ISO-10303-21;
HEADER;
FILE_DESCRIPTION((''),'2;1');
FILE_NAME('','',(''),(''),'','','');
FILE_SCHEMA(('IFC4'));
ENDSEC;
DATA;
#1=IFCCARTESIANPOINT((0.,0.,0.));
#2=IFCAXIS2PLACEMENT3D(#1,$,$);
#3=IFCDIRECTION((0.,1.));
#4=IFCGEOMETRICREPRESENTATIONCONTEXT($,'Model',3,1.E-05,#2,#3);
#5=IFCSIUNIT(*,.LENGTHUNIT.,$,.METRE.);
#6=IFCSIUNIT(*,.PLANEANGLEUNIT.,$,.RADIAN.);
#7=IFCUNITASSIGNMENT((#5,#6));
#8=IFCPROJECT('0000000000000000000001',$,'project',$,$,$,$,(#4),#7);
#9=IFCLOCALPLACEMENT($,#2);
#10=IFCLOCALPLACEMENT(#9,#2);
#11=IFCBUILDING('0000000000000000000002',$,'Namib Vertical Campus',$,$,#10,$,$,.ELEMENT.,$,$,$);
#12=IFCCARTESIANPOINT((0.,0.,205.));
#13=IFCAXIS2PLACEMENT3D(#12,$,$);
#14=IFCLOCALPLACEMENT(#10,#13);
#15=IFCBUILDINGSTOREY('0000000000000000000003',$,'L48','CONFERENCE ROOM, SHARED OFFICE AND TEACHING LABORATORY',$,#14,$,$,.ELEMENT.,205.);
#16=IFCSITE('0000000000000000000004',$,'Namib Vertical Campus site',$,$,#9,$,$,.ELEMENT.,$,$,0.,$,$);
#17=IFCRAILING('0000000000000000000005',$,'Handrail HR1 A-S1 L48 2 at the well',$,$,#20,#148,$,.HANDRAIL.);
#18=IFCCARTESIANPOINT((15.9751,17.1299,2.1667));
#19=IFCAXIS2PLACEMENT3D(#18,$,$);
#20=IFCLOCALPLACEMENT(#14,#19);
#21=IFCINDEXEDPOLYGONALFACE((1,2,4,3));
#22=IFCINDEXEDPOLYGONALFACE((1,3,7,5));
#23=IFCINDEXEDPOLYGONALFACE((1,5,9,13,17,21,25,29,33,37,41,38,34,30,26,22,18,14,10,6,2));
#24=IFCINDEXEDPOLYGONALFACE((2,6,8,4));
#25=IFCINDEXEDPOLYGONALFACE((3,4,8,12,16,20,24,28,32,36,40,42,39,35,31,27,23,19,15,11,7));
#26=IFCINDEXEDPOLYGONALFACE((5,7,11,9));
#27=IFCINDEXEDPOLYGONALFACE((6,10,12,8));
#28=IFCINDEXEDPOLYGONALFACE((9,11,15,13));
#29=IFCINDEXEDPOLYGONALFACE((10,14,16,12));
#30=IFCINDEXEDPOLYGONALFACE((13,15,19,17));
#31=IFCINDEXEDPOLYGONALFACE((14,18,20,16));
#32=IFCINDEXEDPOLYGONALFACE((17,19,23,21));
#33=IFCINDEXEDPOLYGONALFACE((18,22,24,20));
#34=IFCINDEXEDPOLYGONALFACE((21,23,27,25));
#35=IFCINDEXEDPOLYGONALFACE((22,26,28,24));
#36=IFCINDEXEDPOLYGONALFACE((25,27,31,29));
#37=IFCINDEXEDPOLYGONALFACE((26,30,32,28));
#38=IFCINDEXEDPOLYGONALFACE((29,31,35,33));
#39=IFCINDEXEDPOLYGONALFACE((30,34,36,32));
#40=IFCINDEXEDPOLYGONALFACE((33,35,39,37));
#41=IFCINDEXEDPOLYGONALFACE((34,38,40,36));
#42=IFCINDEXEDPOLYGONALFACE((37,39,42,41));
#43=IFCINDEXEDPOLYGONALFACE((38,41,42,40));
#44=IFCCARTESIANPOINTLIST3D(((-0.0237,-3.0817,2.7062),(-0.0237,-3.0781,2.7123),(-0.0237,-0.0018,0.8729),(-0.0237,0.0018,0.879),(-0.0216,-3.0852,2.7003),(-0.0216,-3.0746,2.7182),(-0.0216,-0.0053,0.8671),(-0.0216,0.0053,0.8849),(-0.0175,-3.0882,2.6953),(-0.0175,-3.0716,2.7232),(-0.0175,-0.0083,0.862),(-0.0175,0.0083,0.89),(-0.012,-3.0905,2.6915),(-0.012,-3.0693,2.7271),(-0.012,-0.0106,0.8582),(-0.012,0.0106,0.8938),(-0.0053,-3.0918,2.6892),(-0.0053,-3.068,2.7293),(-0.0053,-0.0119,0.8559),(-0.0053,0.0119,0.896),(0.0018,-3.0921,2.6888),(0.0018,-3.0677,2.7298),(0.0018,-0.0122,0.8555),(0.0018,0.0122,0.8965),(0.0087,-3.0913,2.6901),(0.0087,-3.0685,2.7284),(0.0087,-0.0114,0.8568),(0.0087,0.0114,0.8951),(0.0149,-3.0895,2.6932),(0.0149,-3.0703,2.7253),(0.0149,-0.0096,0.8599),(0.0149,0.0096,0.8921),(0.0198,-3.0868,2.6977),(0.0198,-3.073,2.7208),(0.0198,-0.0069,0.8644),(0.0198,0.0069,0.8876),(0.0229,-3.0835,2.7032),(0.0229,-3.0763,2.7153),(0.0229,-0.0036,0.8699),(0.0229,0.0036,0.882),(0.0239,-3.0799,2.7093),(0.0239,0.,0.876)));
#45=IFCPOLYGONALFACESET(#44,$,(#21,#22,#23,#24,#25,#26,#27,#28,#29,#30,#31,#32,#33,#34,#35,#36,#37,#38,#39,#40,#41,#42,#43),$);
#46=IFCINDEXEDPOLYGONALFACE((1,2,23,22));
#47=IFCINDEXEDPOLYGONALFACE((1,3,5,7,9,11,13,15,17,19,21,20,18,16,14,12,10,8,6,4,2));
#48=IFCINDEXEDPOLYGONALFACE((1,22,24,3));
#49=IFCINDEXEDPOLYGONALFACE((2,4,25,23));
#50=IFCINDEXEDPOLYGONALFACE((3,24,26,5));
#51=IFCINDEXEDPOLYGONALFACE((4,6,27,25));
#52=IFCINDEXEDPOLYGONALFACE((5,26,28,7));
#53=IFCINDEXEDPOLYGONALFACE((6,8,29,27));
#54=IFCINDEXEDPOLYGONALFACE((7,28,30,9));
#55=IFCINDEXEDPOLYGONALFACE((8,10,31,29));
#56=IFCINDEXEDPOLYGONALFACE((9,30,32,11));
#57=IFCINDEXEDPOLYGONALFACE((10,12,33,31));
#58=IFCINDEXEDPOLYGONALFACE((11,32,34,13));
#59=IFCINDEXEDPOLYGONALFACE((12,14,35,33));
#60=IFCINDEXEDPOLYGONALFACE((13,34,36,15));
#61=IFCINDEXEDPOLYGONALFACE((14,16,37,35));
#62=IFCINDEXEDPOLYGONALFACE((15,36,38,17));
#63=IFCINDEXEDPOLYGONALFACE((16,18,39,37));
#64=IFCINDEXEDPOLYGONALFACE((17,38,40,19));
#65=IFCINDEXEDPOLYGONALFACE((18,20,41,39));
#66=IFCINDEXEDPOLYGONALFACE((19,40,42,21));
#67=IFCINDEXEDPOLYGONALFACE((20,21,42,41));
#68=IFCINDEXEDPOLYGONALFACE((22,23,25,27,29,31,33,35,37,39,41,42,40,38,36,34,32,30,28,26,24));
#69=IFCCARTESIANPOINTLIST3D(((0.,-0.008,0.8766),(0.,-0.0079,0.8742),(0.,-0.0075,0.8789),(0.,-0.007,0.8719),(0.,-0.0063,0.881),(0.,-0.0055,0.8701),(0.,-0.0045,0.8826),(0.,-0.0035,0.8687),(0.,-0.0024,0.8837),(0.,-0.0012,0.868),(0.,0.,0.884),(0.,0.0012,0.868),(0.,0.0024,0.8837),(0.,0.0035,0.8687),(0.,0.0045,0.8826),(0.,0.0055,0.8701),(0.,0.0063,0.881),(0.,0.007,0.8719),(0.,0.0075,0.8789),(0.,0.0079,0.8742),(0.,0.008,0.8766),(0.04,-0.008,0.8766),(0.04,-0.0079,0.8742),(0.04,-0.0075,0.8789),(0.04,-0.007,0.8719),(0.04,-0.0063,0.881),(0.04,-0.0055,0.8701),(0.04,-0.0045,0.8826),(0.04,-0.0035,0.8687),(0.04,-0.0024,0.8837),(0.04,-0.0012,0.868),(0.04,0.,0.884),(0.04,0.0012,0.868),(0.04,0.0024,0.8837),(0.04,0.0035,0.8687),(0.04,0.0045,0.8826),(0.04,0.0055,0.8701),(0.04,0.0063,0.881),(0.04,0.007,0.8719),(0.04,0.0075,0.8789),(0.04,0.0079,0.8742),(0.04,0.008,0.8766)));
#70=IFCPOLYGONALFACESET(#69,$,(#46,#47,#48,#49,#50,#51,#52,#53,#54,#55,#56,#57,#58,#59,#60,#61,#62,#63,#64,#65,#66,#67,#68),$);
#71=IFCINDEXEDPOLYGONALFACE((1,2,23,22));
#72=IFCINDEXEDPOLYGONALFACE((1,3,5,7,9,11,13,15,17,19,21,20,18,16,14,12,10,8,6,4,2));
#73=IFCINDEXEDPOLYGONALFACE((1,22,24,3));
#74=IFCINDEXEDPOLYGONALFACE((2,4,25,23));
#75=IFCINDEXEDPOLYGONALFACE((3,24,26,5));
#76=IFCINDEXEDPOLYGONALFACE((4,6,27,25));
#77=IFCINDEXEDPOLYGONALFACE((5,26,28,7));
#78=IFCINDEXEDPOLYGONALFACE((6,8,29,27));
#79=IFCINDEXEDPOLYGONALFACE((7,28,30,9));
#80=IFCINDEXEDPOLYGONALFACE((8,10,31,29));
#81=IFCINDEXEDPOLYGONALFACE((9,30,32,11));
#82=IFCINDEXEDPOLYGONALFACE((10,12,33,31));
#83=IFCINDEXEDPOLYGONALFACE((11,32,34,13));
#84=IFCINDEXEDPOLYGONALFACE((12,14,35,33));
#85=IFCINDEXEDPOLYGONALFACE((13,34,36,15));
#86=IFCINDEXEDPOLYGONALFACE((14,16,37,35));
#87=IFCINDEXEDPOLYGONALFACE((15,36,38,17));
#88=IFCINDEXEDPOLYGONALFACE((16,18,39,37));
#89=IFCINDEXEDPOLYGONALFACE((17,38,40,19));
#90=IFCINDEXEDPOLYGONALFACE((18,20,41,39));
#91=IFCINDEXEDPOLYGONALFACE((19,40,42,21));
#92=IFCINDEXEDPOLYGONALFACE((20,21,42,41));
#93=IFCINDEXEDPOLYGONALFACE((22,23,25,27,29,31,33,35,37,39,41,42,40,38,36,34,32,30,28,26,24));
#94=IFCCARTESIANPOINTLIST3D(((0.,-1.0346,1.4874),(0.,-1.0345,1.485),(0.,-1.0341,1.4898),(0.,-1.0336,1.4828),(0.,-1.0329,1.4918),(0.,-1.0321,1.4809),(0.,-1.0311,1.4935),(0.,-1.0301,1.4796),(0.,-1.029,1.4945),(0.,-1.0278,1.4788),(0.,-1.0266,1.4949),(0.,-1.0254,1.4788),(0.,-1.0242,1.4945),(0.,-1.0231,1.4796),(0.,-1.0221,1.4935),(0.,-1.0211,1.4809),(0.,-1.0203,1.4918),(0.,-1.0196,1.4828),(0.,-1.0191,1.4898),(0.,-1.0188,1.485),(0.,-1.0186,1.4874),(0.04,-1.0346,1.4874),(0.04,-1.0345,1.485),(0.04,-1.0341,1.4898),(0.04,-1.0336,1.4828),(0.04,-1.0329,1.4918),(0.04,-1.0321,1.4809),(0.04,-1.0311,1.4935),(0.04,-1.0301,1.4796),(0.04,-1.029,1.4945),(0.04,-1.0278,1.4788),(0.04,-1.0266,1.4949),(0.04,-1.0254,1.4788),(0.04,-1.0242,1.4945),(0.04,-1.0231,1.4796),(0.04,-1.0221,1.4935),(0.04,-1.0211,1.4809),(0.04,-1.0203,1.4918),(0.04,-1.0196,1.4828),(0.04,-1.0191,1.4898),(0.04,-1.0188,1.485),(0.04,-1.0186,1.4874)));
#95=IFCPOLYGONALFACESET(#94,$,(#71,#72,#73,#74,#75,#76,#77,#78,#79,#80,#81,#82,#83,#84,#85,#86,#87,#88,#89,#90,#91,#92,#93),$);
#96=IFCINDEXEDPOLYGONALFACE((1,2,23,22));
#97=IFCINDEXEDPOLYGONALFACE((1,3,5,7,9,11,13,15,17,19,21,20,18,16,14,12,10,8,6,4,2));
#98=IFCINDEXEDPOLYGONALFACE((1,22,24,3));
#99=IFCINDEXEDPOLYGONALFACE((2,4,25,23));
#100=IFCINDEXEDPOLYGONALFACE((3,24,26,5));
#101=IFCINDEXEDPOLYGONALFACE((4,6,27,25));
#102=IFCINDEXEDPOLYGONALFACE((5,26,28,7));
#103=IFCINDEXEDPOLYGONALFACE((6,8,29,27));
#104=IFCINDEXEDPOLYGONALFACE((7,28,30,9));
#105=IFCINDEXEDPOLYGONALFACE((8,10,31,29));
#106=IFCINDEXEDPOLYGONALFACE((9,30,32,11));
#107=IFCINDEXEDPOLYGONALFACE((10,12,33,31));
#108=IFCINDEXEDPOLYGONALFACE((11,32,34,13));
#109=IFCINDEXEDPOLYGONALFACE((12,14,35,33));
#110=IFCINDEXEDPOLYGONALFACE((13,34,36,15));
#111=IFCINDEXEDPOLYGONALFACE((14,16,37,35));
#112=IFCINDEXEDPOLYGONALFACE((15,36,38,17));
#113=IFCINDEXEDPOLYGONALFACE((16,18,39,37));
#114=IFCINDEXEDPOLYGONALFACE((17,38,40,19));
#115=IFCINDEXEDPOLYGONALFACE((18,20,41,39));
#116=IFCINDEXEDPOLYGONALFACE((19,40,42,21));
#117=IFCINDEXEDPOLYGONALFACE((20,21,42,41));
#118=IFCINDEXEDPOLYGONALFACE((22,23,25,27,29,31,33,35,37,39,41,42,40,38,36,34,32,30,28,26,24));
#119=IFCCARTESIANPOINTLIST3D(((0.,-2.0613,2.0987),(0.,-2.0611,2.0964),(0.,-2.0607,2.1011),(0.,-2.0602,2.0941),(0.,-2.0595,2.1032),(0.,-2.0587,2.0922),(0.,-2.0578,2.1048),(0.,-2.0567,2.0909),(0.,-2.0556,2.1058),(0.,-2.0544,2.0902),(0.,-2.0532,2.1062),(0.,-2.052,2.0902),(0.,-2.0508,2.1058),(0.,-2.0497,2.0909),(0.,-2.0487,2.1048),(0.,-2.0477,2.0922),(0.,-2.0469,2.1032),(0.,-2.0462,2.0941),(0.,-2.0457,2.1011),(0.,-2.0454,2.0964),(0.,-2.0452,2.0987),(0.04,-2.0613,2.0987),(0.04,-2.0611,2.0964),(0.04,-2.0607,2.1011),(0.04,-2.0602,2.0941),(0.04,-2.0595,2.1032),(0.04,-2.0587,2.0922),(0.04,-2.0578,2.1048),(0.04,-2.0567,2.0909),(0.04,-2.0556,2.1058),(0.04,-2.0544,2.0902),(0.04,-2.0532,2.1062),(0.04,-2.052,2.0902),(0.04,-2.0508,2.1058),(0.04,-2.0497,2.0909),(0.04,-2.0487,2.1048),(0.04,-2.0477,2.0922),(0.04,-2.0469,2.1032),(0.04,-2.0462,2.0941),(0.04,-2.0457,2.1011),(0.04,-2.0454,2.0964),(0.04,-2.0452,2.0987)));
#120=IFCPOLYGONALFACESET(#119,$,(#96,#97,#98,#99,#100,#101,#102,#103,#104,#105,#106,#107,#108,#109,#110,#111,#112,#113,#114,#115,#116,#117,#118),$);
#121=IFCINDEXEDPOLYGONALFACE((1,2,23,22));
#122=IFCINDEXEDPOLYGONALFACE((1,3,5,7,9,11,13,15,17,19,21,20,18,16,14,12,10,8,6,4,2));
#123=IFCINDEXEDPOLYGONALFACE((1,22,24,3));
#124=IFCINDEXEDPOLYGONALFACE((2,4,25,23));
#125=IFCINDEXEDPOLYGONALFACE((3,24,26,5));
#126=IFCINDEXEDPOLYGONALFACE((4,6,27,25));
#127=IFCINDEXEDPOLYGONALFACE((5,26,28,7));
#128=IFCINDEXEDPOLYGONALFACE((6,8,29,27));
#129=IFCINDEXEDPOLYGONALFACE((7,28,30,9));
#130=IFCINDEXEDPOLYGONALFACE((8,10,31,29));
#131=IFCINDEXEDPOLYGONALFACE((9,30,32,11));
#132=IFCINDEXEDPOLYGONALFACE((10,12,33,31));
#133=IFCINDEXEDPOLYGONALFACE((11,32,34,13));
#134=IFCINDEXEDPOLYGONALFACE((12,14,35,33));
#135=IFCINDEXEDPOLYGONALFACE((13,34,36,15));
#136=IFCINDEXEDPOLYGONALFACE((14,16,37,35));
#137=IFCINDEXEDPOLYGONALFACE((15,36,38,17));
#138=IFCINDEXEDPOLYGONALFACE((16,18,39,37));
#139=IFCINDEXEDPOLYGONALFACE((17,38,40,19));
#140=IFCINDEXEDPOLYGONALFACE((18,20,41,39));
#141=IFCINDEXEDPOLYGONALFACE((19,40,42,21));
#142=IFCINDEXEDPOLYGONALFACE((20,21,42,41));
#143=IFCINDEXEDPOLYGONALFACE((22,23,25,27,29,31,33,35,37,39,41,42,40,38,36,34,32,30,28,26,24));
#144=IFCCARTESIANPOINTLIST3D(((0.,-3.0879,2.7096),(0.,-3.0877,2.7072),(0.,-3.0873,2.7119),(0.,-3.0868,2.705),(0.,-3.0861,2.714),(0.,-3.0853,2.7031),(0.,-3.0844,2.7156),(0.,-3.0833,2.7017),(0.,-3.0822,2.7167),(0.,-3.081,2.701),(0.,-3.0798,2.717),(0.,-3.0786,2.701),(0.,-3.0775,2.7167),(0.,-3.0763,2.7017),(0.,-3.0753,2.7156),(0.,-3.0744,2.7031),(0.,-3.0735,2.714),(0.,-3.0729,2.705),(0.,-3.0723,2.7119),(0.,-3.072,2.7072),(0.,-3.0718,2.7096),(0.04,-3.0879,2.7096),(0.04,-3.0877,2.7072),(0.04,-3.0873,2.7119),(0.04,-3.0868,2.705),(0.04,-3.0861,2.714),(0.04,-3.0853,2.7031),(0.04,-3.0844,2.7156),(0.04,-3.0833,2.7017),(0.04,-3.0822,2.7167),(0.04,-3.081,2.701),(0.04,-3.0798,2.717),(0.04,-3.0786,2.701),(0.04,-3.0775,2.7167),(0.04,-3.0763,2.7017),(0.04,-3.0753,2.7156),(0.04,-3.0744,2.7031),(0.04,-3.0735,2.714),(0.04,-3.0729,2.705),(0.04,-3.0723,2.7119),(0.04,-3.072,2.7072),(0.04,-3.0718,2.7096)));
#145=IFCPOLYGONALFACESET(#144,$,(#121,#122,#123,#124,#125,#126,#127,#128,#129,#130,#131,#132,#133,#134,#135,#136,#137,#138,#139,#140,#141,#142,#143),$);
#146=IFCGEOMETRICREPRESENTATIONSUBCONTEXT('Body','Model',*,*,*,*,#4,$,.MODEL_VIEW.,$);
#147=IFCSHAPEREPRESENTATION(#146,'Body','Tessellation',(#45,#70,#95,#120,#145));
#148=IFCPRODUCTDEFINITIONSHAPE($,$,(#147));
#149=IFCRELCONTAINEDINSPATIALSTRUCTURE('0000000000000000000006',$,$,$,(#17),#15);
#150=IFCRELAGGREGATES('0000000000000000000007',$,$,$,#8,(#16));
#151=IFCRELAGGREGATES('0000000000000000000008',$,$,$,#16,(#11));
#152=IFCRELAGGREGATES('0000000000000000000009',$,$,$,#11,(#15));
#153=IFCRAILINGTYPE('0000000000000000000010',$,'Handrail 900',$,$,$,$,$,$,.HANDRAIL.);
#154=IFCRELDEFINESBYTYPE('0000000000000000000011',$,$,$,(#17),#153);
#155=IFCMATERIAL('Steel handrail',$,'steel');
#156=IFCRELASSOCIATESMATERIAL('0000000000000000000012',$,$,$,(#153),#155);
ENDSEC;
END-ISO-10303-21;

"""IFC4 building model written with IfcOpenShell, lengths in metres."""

from ifc_helpers import new_model, si_unit, direction, frame, origin, origin_2d, place, context, subcontext, project, spatial, circle, extrude, material, type_object, element, save


model = new_model("IFC4")

# Units and contexts
model_context = context("Model", 3, precision=1e-05, world=origin(), true_north=direction((0.0, 1.0)))
body_context = subcontext(model_context, "Body", "Model", "MODEL_VIEW")
ifc_project = project(units=[si_unit("LENGTHUNIT", "METRE"), si_unit("PLANEANGLEUNIT", "RADIAN")], contexts=[model_context])

# Site, building, storey
site_placement = place(None, origin())
site = spatial("IfcSite", under=ifc_project, at=site_placement, Name="Namib Vertical Campus site", CompositionType="ELEMENT", RefElevation=0.0)
building_placement = place(site_placement, origin())
building = spatial("IfcBuilding", under=site, at=building_placement, Name="Namib Vertical Campus", CompositionType="ELEMENT")
storey_placement = place(building_placement, frame((0.0, 0.0, 205.0)))
storey = spatial("IfcBuildingStorey", under=building, at=storey_placement, Name="L48", Description="CONFERENCE ROOM, SHARED OFFICE AND TEACHING LABORATORY", CompositionType="ELEMENT", Elevation=205.0)

# Railing
ifc_material_1 = material(Name="Steel handrail", Category="steel")
railing_type_1 = type_object("IfcRailingType", Name="Handrail 900", PredefinedType="HANDRAIL", material=ifc_material_1)
railing_1_placement = place(storey_placement, frame((15.9751, 17.1299, 2.1667)))
element("IfcRailing", 1, at=railing_1_placement, inside=storey, type_object=railing_type_1, Name="Handrail HR1 A-S1 L48 2 at the well", PredefinedType="HANDRAIL", context=body_context, shape_type="SweptSolid", body=[
    extrude(circle(Radius=0.0239, at=origin_2d()), frame((0.0, 0.0, 0.876), z_axis=(0.0, -0.859291, 0.511487), x_axis=(1.0, 0.0, 0.0)), (0.0, 0.0, 1.0), 3.5842),
    extrude(circle(Radius=0.0081, at=origin_2d()), frame((0.0, 0.0, 0.876), z_axis=(1.0, 0.0, 0.0), x_axis=(0.0, 0.0, 1.0)), (0.0, 0.0, 1.0), 0.04),
    extrude(circle(Radius=0.0081, at=origin_2d()), frame((0.0, -1.0266, 1.4868), z_axis=(1.0, 0.0, 0.0), x_axis=(0.0, 0.0, 1.0)), (0.0, 0.0, 1.0), 0.04),
    extrude(circle(Radius=0.0081, at=origin_2d()), frame((0.0, -2.0532, 2.0981), z_axis=(1.0, 0.0, 0.0), x_axis=(0.0, 0.0, 1.0)), (0.0, 0.0, 1.0), 0.04),
    extrude(circle(Radius=0.0081, at=origin_2d()), frame((0.0, -3.0798, 2.709), z_axis=(1.0, 0.0, 0.0), x_axis=(0.0, 0.0, 1.0)), (0.0, 0.0, 1.0), 0.04),
])

save(model, "model.ifc")
